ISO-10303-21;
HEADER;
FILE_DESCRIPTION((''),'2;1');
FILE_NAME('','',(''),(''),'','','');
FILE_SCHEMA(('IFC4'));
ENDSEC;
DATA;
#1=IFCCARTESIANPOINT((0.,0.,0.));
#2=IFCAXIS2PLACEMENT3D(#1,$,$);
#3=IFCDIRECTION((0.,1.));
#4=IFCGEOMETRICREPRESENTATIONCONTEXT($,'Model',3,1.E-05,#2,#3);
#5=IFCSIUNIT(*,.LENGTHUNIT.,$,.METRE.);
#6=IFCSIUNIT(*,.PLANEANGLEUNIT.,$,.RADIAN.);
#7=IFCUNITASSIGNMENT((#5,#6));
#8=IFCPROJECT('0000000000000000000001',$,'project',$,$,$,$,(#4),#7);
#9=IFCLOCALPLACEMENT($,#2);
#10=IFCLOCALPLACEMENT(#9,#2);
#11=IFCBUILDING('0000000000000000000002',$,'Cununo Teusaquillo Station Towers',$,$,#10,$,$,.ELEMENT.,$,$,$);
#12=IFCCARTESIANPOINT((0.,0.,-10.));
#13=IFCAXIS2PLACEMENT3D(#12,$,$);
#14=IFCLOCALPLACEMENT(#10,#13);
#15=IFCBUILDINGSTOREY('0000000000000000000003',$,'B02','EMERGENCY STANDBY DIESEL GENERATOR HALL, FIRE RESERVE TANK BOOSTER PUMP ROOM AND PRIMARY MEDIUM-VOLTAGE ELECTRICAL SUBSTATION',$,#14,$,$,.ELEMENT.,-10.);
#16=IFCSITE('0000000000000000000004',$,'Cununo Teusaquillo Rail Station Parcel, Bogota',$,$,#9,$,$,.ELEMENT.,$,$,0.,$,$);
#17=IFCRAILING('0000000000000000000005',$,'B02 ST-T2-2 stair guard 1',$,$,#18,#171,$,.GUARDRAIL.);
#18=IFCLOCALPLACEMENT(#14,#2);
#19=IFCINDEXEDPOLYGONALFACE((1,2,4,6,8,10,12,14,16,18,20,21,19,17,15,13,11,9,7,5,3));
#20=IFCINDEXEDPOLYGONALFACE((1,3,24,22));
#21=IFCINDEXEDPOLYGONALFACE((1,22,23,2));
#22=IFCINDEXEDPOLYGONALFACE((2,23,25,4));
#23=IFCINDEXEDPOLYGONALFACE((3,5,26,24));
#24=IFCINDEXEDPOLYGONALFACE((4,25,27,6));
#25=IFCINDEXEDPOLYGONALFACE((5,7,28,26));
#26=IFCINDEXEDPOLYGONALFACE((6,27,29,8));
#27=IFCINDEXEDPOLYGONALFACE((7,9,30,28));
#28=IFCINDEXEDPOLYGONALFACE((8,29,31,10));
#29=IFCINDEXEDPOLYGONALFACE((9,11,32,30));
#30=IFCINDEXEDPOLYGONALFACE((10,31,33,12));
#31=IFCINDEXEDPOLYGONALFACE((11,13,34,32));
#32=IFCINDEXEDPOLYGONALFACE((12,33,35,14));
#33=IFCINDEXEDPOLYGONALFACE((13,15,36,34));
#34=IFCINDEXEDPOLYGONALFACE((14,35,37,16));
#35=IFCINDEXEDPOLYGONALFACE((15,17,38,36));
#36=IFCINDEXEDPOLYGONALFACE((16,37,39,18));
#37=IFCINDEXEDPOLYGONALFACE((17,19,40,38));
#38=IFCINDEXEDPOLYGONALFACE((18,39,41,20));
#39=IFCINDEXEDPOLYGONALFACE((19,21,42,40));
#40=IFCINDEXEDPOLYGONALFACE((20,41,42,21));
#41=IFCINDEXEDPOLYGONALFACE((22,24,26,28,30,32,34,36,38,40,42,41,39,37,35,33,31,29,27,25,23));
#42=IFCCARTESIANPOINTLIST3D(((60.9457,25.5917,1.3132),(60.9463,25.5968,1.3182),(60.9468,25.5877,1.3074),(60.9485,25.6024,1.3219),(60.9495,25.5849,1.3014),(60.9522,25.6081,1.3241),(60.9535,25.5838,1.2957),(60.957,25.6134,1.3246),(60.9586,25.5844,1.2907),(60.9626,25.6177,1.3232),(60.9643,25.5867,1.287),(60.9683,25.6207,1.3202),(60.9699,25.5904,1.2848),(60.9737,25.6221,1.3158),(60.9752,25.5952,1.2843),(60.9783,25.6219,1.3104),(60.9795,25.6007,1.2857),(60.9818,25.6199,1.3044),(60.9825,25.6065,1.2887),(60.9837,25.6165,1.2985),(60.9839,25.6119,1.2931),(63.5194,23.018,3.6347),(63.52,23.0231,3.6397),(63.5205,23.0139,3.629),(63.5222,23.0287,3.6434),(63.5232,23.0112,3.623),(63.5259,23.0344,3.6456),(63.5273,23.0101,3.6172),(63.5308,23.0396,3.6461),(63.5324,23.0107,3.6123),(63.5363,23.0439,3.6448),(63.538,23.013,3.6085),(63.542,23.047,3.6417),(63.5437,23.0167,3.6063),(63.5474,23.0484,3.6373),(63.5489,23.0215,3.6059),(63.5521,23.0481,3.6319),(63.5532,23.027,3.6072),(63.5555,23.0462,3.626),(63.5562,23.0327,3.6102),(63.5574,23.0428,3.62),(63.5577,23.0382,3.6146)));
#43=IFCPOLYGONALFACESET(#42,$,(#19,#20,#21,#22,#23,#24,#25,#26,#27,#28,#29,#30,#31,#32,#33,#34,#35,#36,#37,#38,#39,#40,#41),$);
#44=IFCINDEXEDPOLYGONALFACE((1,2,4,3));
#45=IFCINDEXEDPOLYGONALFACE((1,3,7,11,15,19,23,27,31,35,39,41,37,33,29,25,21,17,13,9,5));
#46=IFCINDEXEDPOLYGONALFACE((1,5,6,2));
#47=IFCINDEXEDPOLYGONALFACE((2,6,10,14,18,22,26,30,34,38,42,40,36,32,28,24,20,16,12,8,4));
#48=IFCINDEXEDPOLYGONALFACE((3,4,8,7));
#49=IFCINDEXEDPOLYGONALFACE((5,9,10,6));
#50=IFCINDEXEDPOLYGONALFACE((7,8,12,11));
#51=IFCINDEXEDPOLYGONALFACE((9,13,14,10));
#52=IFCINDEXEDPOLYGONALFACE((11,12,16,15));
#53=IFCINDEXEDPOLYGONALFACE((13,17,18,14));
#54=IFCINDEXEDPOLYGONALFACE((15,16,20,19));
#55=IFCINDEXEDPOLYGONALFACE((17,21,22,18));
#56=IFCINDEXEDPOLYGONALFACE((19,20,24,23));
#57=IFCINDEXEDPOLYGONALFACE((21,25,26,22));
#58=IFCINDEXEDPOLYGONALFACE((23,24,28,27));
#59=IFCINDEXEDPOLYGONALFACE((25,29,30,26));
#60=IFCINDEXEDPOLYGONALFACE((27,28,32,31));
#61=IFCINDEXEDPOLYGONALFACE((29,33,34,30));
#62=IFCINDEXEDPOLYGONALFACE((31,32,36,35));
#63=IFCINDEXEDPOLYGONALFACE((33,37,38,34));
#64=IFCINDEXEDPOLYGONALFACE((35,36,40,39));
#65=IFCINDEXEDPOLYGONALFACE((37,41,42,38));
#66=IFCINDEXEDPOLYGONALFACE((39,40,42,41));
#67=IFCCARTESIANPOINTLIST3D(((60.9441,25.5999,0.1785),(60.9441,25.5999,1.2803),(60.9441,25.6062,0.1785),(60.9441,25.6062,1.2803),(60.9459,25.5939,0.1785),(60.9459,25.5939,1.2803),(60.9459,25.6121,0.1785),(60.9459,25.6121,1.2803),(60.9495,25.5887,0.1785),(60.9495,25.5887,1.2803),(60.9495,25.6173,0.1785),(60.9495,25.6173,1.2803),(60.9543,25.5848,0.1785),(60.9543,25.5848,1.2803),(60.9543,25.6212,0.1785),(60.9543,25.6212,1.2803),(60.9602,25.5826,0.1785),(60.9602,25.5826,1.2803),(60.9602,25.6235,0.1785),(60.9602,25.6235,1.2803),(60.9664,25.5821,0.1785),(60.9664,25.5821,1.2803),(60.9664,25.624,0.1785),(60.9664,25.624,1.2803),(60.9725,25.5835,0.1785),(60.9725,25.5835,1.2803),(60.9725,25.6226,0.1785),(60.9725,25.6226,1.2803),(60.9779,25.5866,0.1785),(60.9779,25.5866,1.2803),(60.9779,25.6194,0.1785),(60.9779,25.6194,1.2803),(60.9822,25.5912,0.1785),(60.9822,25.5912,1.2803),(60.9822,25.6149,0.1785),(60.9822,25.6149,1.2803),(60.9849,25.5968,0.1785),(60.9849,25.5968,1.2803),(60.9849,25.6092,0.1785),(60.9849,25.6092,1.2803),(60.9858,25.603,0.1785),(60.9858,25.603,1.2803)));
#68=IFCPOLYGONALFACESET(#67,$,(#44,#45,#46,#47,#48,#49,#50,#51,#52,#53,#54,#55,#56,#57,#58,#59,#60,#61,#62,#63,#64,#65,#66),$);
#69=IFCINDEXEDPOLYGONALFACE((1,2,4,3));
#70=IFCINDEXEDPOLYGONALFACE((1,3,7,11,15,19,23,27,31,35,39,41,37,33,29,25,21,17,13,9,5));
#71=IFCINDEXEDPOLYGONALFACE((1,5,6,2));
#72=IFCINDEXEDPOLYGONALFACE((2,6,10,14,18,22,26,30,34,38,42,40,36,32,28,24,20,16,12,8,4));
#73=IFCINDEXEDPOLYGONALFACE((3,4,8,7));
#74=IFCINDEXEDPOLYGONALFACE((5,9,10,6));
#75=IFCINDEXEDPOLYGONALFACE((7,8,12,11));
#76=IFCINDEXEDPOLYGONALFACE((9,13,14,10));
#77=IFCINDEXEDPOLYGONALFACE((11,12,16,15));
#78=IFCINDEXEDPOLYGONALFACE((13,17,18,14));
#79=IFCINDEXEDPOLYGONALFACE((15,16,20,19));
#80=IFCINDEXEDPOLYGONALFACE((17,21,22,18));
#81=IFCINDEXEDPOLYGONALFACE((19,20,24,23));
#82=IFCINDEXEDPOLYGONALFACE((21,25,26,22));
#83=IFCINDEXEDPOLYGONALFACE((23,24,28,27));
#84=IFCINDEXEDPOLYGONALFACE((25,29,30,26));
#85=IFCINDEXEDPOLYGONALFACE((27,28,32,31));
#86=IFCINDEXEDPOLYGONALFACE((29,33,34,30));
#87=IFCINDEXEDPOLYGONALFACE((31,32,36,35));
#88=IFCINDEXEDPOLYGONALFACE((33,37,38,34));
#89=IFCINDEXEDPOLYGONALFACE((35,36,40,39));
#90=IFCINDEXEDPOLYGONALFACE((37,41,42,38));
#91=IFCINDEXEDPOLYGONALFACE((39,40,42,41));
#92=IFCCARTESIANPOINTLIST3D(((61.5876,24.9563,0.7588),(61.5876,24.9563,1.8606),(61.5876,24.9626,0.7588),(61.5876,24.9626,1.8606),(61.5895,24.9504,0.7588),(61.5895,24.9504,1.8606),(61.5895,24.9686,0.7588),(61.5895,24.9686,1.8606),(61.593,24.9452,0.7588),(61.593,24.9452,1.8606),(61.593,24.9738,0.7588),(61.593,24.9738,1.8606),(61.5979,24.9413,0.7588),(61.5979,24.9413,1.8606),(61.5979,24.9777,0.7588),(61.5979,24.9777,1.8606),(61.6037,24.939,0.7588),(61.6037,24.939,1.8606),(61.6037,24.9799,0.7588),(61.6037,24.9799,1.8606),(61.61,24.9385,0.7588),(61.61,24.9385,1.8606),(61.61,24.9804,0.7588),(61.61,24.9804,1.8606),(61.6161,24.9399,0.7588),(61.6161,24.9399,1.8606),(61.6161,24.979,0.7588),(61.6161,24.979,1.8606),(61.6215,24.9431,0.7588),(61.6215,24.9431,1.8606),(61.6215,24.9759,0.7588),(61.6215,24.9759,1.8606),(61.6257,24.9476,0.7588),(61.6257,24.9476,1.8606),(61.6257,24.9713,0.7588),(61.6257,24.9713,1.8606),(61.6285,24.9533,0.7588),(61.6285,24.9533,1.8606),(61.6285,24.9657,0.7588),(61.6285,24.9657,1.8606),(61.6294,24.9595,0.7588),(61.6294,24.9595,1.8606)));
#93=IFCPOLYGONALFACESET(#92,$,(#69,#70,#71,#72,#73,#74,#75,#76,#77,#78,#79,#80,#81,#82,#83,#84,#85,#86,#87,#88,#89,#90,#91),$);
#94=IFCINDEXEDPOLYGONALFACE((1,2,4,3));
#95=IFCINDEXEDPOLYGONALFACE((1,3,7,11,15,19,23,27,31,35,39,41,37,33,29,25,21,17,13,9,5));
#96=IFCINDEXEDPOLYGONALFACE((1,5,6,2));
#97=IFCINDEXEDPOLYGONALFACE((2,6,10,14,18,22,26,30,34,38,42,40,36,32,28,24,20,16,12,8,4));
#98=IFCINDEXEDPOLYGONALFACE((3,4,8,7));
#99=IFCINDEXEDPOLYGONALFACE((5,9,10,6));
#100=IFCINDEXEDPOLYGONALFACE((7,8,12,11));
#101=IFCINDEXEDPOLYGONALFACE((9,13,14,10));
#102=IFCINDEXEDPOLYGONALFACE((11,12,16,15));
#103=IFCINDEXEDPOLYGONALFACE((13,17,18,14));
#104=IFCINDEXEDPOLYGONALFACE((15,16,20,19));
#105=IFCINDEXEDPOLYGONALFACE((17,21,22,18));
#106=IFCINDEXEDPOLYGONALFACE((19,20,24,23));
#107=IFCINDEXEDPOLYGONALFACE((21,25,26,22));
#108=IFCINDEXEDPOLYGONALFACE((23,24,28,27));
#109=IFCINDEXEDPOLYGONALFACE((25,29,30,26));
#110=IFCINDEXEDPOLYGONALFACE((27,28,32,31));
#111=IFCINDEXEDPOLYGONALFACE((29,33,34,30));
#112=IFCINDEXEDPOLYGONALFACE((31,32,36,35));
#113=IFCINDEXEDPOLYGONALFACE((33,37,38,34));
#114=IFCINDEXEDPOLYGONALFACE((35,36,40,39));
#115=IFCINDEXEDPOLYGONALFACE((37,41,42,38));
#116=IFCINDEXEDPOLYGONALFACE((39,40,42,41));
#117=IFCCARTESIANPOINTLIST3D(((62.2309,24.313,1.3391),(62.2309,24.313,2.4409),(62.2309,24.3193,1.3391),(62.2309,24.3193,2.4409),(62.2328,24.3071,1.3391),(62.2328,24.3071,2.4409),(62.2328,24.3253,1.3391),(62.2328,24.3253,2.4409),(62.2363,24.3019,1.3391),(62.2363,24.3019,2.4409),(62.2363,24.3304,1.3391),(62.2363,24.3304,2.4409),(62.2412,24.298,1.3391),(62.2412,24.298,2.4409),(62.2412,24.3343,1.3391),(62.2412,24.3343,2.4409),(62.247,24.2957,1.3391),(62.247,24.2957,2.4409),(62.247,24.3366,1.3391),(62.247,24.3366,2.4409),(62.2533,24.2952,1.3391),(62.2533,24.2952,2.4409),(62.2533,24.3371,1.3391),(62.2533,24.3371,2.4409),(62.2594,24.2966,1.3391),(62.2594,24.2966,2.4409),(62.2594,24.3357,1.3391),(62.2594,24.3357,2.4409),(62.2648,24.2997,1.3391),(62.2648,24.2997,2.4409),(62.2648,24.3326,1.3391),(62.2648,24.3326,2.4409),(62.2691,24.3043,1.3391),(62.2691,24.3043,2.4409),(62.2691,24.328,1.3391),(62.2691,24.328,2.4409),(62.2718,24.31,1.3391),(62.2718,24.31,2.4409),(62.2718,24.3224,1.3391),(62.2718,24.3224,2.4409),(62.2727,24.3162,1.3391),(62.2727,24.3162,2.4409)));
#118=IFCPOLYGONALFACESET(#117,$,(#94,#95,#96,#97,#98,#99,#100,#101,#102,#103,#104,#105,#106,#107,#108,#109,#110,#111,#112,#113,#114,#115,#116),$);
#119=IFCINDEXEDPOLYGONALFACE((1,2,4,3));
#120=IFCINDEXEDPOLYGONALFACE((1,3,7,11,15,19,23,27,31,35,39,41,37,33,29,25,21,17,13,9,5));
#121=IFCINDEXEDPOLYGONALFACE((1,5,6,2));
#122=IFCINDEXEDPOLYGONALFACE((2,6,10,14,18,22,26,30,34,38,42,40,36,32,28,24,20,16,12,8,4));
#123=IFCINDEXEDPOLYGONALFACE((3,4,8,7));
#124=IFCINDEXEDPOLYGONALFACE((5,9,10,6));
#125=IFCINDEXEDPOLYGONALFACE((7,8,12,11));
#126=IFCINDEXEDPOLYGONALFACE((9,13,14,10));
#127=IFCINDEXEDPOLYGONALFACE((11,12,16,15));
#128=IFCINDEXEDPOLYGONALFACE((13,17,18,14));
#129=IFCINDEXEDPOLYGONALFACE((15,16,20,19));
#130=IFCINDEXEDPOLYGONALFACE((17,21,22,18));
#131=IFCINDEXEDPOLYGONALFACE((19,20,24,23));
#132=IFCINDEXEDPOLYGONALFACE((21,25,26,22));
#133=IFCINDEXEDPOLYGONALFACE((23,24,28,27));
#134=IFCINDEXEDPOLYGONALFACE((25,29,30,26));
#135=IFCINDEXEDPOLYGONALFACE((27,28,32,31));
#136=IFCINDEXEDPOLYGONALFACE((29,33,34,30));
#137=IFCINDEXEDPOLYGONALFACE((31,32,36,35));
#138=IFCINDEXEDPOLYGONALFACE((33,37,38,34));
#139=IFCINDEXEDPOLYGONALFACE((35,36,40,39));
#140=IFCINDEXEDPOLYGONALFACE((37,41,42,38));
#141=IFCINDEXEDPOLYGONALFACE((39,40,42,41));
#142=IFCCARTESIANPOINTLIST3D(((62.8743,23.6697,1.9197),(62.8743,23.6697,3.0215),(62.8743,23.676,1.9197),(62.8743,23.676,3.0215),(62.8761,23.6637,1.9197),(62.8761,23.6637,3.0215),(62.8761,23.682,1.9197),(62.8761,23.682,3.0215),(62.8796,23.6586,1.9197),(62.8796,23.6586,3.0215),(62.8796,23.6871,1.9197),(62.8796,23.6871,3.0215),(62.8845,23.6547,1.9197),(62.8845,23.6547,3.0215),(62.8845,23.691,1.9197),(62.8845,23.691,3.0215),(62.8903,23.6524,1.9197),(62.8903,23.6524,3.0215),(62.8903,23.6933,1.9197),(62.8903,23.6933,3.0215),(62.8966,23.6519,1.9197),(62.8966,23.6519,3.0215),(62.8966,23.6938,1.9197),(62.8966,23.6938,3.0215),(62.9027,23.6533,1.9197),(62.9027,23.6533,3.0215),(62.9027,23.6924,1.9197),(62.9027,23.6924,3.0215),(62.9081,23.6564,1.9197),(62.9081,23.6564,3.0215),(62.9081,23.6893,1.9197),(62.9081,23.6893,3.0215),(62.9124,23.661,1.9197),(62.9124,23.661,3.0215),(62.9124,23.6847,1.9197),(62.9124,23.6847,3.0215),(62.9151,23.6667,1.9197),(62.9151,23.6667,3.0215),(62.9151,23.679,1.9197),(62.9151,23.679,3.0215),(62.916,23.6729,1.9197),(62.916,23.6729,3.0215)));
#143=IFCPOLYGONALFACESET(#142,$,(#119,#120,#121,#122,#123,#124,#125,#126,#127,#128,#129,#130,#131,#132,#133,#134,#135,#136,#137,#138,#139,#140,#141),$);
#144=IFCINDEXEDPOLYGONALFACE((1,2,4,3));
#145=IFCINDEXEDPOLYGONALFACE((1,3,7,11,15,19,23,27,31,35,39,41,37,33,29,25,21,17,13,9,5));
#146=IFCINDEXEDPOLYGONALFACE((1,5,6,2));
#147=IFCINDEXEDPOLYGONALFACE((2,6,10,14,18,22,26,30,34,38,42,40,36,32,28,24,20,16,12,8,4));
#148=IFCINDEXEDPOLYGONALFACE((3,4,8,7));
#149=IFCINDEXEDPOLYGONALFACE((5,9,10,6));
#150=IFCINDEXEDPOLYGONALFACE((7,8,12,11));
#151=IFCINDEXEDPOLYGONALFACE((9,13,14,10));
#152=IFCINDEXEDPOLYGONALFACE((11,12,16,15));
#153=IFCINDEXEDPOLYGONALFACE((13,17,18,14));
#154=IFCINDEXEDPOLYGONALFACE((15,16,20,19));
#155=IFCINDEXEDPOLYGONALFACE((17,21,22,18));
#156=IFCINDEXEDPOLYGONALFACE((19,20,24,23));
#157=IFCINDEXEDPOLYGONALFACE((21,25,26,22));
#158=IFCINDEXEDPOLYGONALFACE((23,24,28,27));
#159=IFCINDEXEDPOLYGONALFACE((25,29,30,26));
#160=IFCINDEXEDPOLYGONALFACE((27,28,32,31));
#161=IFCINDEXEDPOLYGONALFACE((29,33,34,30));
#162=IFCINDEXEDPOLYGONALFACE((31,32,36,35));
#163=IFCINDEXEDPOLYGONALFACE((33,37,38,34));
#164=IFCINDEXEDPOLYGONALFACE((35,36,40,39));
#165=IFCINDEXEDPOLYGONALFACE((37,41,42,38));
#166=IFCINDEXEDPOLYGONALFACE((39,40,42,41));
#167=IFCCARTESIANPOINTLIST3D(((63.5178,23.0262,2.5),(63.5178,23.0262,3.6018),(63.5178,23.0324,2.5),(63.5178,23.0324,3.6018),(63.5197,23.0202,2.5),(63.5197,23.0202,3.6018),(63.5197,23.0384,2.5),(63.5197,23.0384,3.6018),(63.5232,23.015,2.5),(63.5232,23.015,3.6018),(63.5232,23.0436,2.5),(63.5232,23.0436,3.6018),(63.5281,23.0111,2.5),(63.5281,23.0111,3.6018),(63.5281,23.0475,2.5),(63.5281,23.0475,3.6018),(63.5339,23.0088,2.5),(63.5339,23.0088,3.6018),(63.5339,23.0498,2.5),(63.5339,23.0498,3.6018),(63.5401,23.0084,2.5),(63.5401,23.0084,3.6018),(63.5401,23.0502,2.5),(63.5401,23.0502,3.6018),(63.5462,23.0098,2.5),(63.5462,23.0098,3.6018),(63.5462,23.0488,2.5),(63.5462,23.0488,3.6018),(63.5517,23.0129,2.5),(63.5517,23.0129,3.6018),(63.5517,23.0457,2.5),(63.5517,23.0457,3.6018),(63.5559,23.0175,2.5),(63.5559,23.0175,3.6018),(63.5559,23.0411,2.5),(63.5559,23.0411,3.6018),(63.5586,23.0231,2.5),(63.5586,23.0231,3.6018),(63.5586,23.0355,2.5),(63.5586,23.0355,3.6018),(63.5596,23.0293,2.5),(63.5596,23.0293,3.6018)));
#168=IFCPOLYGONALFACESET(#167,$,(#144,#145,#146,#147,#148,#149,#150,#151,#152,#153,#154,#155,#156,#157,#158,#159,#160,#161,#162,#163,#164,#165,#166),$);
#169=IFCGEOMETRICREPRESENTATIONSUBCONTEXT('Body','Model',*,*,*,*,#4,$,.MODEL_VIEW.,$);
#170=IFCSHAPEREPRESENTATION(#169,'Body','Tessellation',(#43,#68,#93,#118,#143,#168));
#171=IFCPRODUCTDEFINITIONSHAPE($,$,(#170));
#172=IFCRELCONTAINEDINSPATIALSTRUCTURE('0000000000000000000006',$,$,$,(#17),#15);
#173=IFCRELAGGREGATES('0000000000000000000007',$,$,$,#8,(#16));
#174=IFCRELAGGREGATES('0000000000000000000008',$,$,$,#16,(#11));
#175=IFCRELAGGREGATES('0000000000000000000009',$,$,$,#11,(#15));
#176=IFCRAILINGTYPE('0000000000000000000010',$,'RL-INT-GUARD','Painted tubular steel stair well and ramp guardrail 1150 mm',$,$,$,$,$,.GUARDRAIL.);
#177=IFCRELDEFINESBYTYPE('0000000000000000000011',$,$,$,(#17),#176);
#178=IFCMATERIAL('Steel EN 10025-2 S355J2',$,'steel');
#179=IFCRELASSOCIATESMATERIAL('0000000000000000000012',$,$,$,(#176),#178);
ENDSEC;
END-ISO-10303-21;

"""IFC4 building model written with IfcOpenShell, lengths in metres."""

from ifc_helpers import new_model, si_unit, direction, frame, origin, origin_2d, place, context, subcontext, project, spatial, circle, extrude, material, type_object, element, save


model = new_model("IFC4")

# Units and contexts
model_context = context("Model", 3, precision=1e-05, world=origin(), true_north=direction((0.0, 1.0)))
body_context = subcontext(model_context, "Body", "Model", "MODEL_VIEW")
ifc_project = project(units=[si_unit("LENGTHUNIT", "METRE"), si_unit("PLANEANGLEUNIT", "RADIAN")], contexts=[model_context])

# Site, building, storey
site_placement = place(None, origin())
site = spatial("IfcSite", under=ifc_project, at=site_placement, Name="Cununo Teusaquillo Rail Station Parcel, Bogota", CompositionType="ELEMENT", RefElevation=0.0)
building_placement = place(site_placement, origin())
building = spatial("IfcBuilding", under=site, at=building_placement, Name="Cununo Teusaquillo Station Towers", CompositionType="ELEMENT")
storey_placement = place(building_placement, frame((0.0, 0.0, -10.0)))
storey = spatial("IfcBuildingStorey", under=building, at=storey_placement, Name="B02", Description="EMERGENCY STANDBY DIESEL GENERATOR HALL, FIRE RESERVE TANK BOOSTER PUMP ROOM AND PRIMARY MEDIUM-VOLTAGE ELECTRICAL SUBSTATION", CompositionType="ELEMENT", Elevation=-10.0)

# Railing
ifc_material_1 = material(Name="Steel EN 10025-2 S355J2", Category="steel")
railing_type_1 = type_object("IfcRailingType", Name="RL-INT-GUARD", Description="Painted tubular steel stair well and ramp guardrail 1150 mm", PredefinedType="GUARDRAIL", material=ifc_material_1)
railing_1_placement = place(storey_placement, frame((60.9648, 25.603, 0.1785)))
element("IfcRailing", 1, at=railing_1_placement, inside=storey, type_object=railing_type_1, Name="B02 ST-T2-2 stair guard 1", PredefinedType="GUARDRAIL", context=body_context, shape_type="SweptSolid", body=[
    extrude(circle(Radius=0.0239, at=origin_2d()), frame((0.0, 0.0, 1.126), z_axis=(0.596166, -0.596166, 0.537748), x_axis=(0.707107, 0.707107, 0.0)), (0.0, 0.0, 1.0), 4.3171),
    extrude(circle(Radius=0.021, at=origin_2d()), origin(), (0.0, 0.0, 1.0), 1.1018),
    extrude(circle(Radius=0.021, at=origin_2d()), frame((0.6436, -0.6436, 0.5803)), (0.0, 0.0, 1.0), 1.1018),
    extrude(circle(Radius=0.021, at=origin_2d()), frame((1.2869, -1.2869, 1.1606)), (0.0, 0.0, 1.0), 1.1018),
    extrude(circle(Radius=0.021, at=origin_2d()), frame((1.9302, -1.9302, 1.7412)), (0.0, 0.0, 1.0), 1.1018),
    extrude(circle(Radius=0.021, at=origin_2d()), frame((2.5737, -2.5737, 2.3215)), (0.0, 0.0, 1.0), 1.1018),
])

save(model, "model.ifc")
